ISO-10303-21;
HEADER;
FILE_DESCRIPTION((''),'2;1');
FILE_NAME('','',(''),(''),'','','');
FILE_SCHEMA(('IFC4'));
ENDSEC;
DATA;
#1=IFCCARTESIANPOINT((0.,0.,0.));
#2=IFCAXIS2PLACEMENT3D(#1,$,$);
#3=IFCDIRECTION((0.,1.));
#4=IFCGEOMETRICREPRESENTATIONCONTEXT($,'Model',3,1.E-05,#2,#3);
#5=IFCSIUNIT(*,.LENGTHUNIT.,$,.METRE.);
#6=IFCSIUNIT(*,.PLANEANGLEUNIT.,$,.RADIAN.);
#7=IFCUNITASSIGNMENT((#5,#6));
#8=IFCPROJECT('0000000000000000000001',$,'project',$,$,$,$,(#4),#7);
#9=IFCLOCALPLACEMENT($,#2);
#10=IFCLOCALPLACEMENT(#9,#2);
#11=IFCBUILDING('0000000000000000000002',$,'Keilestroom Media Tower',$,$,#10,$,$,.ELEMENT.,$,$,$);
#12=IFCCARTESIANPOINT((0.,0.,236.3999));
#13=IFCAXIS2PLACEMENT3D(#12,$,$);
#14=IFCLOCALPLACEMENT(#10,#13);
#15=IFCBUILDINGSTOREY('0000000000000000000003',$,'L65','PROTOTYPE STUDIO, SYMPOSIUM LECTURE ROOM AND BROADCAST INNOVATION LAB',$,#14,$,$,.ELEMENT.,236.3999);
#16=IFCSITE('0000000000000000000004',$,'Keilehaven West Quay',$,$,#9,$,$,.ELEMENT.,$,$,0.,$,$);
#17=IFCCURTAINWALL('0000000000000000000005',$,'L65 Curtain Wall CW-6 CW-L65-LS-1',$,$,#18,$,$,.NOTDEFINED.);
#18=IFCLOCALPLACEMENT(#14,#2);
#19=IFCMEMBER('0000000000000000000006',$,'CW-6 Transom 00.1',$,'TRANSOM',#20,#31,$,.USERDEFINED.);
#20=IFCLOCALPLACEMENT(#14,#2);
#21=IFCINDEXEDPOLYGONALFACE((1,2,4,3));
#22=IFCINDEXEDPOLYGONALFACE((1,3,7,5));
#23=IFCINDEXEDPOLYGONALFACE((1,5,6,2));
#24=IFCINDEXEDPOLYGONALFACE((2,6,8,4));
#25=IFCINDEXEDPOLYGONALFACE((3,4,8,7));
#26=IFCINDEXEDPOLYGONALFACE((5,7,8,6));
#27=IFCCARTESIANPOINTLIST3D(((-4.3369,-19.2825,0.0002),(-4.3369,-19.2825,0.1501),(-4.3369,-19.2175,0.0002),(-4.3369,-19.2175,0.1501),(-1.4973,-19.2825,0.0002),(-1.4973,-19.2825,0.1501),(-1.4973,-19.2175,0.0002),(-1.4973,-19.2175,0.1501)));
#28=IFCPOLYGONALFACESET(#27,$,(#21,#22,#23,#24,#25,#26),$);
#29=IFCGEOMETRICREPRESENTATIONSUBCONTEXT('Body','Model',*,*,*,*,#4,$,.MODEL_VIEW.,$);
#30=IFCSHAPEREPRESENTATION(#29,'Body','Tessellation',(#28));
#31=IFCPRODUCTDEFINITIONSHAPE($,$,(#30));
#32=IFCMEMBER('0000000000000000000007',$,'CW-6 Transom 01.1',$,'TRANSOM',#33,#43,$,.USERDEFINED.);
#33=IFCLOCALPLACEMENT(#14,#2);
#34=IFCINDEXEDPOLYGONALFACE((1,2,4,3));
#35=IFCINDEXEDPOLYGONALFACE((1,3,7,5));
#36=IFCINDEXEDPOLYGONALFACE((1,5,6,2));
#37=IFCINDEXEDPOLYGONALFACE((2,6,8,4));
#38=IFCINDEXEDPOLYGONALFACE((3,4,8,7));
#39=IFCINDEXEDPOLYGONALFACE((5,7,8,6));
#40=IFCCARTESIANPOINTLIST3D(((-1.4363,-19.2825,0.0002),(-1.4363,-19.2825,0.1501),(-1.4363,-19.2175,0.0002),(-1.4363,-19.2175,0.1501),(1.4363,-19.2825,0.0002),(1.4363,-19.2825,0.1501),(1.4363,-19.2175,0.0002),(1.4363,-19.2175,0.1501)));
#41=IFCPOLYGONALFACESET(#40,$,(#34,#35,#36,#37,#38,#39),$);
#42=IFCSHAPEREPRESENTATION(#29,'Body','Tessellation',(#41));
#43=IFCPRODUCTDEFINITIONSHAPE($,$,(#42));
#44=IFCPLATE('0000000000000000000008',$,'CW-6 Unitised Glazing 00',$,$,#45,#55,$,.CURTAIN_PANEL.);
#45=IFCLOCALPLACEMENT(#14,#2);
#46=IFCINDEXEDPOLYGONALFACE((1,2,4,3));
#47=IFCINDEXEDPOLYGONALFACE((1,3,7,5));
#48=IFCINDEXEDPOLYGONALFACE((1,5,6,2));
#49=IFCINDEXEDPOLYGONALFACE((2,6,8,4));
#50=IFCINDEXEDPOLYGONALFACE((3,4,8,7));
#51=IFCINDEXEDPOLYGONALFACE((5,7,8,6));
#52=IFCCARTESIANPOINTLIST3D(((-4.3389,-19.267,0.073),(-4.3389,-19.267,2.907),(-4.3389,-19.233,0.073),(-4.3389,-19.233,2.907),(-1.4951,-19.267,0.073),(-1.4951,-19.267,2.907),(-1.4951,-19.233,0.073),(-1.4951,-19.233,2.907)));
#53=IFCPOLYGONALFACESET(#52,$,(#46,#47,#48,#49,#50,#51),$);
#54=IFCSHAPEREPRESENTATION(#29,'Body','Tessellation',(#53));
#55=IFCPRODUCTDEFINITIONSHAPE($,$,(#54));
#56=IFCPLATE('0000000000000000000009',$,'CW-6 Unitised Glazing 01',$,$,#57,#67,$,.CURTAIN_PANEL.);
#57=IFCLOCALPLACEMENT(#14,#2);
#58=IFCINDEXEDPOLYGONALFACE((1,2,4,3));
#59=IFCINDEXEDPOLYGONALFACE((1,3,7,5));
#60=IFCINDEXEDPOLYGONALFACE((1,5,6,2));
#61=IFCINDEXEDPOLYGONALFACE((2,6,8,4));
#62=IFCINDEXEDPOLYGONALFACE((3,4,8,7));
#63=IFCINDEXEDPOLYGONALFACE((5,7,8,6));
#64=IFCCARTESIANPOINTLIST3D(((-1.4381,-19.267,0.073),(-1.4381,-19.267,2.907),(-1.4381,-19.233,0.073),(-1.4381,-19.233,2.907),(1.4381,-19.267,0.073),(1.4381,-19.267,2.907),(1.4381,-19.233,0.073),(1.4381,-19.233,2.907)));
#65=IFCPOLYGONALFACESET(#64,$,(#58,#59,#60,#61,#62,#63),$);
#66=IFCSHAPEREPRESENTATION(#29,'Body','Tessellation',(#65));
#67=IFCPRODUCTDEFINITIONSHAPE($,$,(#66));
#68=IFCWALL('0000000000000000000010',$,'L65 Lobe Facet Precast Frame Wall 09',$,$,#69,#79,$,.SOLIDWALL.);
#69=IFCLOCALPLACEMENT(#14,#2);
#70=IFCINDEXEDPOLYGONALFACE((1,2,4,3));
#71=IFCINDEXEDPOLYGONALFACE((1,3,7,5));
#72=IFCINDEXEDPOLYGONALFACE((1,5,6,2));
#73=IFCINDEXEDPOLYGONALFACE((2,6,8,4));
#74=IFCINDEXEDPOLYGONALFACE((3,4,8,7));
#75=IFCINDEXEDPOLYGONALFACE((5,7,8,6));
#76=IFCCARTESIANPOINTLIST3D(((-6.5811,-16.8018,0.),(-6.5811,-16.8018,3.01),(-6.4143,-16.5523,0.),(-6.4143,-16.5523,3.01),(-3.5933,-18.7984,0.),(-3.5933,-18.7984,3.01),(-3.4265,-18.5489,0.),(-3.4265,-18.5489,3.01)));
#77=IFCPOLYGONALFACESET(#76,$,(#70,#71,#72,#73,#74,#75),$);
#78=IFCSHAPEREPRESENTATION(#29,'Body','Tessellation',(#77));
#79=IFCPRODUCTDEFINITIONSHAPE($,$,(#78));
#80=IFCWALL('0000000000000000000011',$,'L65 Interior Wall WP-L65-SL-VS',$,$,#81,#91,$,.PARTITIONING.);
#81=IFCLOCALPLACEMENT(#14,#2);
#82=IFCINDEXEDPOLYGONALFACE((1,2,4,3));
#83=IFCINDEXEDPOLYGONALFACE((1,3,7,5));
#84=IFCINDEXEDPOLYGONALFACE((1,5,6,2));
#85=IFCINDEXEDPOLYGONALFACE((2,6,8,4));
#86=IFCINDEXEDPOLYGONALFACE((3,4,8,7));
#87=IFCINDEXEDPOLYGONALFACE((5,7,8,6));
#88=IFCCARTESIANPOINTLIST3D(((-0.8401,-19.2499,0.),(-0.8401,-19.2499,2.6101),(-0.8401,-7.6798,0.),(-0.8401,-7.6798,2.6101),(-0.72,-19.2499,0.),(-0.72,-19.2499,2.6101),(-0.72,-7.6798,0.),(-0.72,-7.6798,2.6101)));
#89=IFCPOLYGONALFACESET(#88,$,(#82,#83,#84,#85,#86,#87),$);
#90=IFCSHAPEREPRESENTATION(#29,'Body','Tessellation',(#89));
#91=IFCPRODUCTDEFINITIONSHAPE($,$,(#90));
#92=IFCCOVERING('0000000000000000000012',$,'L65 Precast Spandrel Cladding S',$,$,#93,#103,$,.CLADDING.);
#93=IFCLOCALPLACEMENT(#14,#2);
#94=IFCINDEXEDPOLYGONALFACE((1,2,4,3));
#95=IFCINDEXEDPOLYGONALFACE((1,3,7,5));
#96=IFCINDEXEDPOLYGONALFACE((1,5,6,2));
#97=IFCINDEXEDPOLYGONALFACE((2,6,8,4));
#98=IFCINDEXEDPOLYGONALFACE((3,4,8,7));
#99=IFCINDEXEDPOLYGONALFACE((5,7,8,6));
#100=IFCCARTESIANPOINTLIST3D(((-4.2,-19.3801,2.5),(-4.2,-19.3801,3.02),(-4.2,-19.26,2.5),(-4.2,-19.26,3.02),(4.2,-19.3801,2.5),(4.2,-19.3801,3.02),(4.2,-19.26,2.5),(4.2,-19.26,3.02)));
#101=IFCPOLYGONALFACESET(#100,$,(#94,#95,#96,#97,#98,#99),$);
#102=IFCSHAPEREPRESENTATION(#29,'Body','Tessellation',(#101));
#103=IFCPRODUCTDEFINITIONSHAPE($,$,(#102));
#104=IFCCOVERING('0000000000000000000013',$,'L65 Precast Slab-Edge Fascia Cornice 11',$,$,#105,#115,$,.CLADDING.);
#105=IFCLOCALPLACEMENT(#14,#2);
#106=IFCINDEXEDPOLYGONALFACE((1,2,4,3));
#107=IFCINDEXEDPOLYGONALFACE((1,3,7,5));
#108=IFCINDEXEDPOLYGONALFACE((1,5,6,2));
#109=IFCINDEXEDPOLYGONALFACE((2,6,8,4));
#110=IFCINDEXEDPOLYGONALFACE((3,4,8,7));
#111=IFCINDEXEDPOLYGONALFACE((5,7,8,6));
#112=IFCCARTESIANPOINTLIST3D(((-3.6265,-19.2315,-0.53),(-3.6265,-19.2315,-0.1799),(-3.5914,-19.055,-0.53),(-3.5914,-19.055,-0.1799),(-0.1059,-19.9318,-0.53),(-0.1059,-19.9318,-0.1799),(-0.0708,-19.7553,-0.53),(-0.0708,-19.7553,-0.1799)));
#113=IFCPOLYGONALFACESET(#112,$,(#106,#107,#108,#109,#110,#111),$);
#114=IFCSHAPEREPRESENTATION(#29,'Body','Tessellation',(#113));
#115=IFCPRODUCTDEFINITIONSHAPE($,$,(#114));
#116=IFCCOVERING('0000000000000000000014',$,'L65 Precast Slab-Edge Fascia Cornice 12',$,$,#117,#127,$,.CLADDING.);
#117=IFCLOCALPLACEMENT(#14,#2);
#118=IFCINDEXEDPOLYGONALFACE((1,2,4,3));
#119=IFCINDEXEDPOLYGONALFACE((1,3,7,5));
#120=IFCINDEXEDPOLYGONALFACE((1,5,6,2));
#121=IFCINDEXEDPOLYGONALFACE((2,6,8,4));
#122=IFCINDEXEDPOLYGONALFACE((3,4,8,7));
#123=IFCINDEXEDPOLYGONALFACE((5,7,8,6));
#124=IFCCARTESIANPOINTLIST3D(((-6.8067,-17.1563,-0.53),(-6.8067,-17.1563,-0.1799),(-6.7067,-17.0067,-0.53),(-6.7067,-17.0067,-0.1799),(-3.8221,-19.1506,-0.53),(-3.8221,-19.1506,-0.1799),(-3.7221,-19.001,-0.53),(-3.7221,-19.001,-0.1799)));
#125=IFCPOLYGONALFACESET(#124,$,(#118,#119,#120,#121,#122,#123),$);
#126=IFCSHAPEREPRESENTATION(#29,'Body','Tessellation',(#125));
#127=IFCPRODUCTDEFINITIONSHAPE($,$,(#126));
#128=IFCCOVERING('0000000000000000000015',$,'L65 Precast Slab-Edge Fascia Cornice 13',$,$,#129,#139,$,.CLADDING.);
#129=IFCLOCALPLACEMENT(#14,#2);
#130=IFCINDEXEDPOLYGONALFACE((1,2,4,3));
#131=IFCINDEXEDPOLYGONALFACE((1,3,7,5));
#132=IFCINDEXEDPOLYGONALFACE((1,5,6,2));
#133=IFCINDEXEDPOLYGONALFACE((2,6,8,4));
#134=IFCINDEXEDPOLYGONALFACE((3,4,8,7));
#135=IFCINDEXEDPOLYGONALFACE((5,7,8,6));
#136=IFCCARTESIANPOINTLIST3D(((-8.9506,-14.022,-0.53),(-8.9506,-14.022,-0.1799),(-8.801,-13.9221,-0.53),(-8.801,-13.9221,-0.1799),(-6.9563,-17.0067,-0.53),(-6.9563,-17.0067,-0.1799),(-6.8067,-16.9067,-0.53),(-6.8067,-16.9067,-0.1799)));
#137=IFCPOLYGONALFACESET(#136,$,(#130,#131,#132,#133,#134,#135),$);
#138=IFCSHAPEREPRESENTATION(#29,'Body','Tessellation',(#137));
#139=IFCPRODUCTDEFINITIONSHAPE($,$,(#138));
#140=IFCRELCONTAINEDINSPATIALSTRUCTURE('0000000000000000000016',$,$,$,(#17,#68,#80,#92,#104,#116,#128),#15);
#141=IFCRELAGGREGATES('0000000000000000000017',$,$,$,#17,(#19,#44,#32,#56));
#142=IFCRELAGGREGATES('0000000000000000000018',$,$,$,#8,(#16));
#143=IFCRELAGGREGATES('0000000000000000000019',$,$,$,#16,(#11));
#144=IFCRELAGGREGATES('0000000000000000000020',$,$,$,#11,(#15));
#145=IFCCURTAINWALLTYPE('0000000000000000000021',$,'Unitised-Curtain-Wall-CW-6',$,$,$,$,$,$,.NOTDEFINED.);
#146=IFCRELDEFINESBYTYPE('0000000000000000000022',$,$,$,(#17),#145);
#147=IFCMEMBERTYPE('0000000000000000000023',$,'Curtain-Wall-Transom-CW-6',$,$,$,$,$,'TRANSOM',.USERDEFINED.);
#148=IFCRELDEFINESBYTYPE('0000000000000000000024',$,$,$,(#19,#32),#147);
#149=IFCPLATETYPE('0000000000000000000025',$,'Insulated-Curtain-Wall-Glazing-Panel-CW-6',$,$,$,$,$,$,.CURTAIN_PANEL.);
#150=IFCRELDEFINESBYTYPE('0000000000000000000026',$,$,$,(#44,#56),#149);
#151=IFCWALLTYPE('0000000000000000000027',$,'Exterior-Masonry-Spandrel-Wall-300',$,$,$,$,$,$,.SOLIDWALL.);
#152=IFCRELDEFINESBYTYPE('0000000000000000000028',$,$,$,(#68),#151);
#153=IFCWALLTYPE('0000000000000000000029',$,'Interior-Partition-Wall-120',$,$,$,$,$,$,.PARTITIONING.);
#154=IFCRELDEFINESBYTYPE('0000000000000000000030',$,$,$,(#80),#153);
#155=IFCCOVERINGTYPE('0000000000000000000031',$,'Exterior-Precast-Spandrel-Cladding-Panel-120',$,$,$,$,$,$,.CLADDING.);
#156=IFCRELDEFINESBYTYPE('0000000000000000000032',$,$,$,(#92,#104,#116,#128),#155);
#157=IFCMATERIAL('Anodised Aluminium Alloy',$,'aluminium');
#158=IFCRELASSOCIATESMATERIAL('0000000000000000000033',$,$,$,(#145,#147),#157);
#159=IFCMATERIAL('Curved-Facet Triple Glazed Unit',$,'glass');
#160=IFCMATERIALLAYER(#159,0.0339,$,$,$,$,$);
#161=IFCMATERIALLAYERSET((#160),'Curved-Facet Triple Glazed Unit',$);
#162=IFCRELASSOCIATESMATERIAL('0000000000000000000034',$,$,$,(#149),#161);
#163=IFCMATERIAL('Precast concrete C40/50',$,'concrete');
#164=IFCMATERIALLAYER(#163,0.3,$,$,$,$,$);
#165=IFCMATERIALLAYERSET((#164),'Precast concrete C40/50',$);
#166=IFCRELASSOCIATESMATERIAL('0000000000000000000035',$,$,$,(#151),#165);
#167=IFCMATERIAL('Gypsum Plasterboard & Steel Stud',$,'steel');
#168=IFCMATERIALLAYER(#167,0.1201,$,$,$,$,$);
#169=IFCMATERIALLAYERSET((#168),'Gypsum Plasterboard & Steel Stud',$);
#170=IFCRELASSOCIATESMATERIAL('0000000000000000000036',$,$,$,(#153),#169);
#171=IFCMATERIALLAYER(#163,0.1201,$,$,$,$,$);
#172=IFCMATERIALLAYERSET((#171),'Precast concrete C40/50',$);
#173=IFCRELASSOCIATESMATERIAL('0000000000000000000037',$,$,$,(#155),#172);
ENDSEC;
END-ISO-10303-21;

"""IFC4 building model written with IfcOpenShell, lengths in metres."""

from ifc_helpers import new_model, si_unit, direction, frame, frame_2d, origin, origin_2d, place, context, subcontext, project, spatial, rectangle, extrude, source, transform, mapped, material, layer, layer_set, material_profile, profile_set, type_object, element, aggregate, save


model = new_model("IFC4")

# Units and contexts
model_context = context("Model", 3, precision=1e-05, world=origin(), true_north=direction((0.0, 1.0)))
body_context = subcontext(model_context, "Body", "Model", "MODEL_VIEW")
ifc_project = project(units=[si_unit("LENGTHUNIT", "METRE"), si_unit("PLANEANGLEUNIT", "RADIAN")], contexts=[model_context])

# Site, building, storey
site_placement = place(None, origin())
site = spatial("IfcSite", under=ifc_project, at=site_placement, Name="Keilehaven West Quay", CompositionType="ELEMENT", RefElevation=0.0)
building_placement = place(site_placement, origin())
building = spatial("IfcBuilding", under=site, at=building_placement, Name="Keilestroom Media Tower", CompositionType="ELEMENT")
storey_placement = place(building_placement, frame((0.0, 0.0, 236.3999)))
storey = spatial("IfcBuildingStorey", under=building, at=storey_placement, Name="L65", Description="PROTOTYPE STUDIO, SYMPOSIUM LECTURE ROOM AND BROADCAST INNOVATION LAB", CompositionType="ELEMENT", Elevation=236.3999)

# Curtain wall, members, plates
ifc_material_1 = material(Name="Anodised Aluminium Alloy", Category="aluminium")
curtain_wall_type = type_object("IfcCurtainWallType", Name="Unitised-Curtain-Wall-CW-6", PredefinedType="NOTDEFINED", material=ifc_material_1)
curtain_wall_placement = place(storey_placement, origin())
curtain_wall = element("IfcCurtainWall", 1, at=curtain_wall_placement, inside=storey, type_object=curtain_wall_type, Name="L65 Curtain Wall CW-6 CW-L65-LS-1", PredefinedType="NOTDEFINED")
ifc_material_profile_1 = material_profile(ifc_material_1, rectangle(XDim=0.0649, YDim=0.1499, at=origin_2d()), Name="ALU TRANSOM 65x150")
ifc_profile_set_1 = profile_set([ifc_material_profile_1], Name="Anodised Aluminium Alloy")
member_type_1 = type_object("IfcMemberType", Name="Curtain-Wall-Transom-CW-6", ElementType="TRANSOM", PredefinedType="USERDEFINED", material=ifc_profile_set_1)
shared_shape_1 = source(origin(), body_context, "Body", "SweptSolid", [
    extrude(rectangle(XDim=0.0649, YDim=0.1499, at=origin_2d()), origin(), (0.0, 0.0, 1.0), 2.8396),
])
member_1_placement = place(storey_placement, frame((-4.3369, -19.25, 0.0752), z_axis=(1.0, 0.0, 0.0), x_axis=(0.0, 1.0, 0.0)))
member_1 = element("IfcMember", 2, at=member_1_placement, type_object=member_type_1, Name="CW-6 Transom 00.1", ObjectType="TRANSOM", PredefinedType="USERDEFINED", context=body_context, shape_type="MappedRepresentation", body=[
    mapped(shared_shape_1, transform((0.0, 0.0, 0.0), x_axis=(1.0, 0.0, 0.0), y_axis=(0.0, 1.0, 0.0), z_axis=(0.0, 0.0, 1.0), scale=1.0)),
])
shared_shape_2 = source(origin(), body_context, "Body", "SweptSolid", [
    extrude(rectangle(XDim=0.0649, YDim=0.1499, at=origin_2d()), origin(), (0.0, 0.0, 1.0), 2.8726),
])
member_2_placement = place(storey_placement, frame((-1.4363, -19.25, 0.0752), z_axis=(1.0, 0.0, 0.0), x_axis=(0.0, 1.0, 0.0)))
member_2 = element("IfcMember", 3, at=member_2_placement, type_object=member_type_1, Name="CW-6 Transom 01.1", ObjectType="TRANSOM", PredefinedType="USERDEFINED", context=body_context, shape_type="MappedRepresentation", body=[
    mapped(shared_shape_2, transform((0.0, 0.0, 0.0), x_axis=(1.0, 0.0, 0.0), y_axis=(0.0, 1.0, 0.0), z_axis=(0.0, 0.0, 1.0), scale=1.0)),
])
ifc_material_2 = material(Name="Curved-Facet Triple Glazed Unit", Category="glass")
ifc_layer_1 = layer(ifc_material_2, 0.0339)
ifc_layer_set_1 = layer_set([ifc_layer_1], Name="Curved-Facet Triple Glazed Unit")
plate_type = type_object("IfcPlateType", Name="Insulated-Curtain-Wall-Glazing-Panel-CW-6", PredefinedType="CURTAIN_PANEL", material=ifc_layer_set_1)
shared_shape_3 = source(origin(), body_context, "Body", "SweptSolid", [
    extrude(rectangle(XDim=2.8438, YDim=0.0339, at=origin_2d()), origin(), (0.0, 0.0, 1.0), 2.834),
])
plate_1_placement = place(storey_placement, frame((-2.917, -19.25, 0.073), z_axis=(0.0, 0.0, 1.0), x_axis=(1.0, 0.0, 0.0)))
plate_1 = element("IfcPlate", 4, at=plate_1_placement, type_object=plate_type, Name="CW-6 Unitised Glazing 00", PredefinedType="CURTAIN_PANEL", context=body_context, shape_type="MappedRepresentation", body=[
    mapped(shared_shape_3, transform((0.0, 0.0, 0.0), x_axis=(1.0, 0.0, 0.0), y_axis=(0.0, 1.0, 0.0), z_axis=(0.0, 0.0, 1.0), scale=1.0)),
])
shared_shape_4 = source(origin(), body_context, "Body", "SweptSolid", [
    extrude(rectangle(XDim=2.8762, YDim=0.0339, at=origin_2d()), origin(), (0.0, 0.0, 1.0), 2.834),
])
plate_2_placement = place(storey_placement, frame((0.0, -19.25, 0.073), z_axis=(0.0, 0.0, 1.0), x_axis=(1.0, 0.0, 0.0)))
plate_2 = element("IfcPlate", 5, at=plate_2_placement, type_object=plate_type, Name="CW-6 Unitised Glazing 01", PredefinedType="CURTAIN_PANEL", context=body_context, shape_type="MappedRepresentation", body=[
    mapped(shared_shape_4, transform((0.0, 0.0, 0.0), x_axis=(1.0, 0.0, 0.0), y_axis=(0.0, 1.0, 0.0), z_axis=(0.0, 0.0, 1.0), scale=1.0)),
])
aggregate(curtain_wall, [member_1, plate_1, member_2, plate_2])

# Walls
ifc_material_3 = material(Name="Precast concrete C40/50", Category="concrete")
ifc_layer_2 = layer(ifc_material_3, 0.3)
ifc_layer_set_2 = layer_set([ifc_layer_2], Name="Precast concrete C40/50")
wall_type_1 = type_object("IfcWallType", Name="Exterior-Masonry-Spandrel-Wall-300", PredefinedType="SOLIDWALL", material=ifc_layer_set_2)
wall_1_placement = place(storey_placement, frame((-6.4978, -16.677, 0.0), z_axis=(0.0, 0.0, 1.0), x_axis=(0.831444, -0.555609, 0.0)))
element("IfcWall", 6, at=wall_1_placement, inside=storey, type_object=wall_type_1, Name="L65 Lobe Facet Precast Frame Wall 09", PredefinedType="SOLIDWALL", context=body_context, shape_type="SweptSolid", body=[
    extrude(rectangle(XDim=3.5935, YDim=0.3, at=frame_2d((1.7969, 0.0))), origin(), (0.0, 0.0, 1.0), 3.01),
])
ifc_material_4 = material(Name="Gypsum Plasterboard & Steel Stud", Category="steel")
ifc_layer_3 = layer(ifc_material_4, 0.1201)
ifc_layer_set_3 = layer_set([ifc_layer_3], Name="Gypsum Plasterboard & Steel Stud")
wall_type_2 = type_object("IfcWallType", Name="Interior-Partition-Wall-120", PredefinedType="PARTITIONING", material=ifc_layer_set_3)
wall_2_placement = place(storey_placement, frame((-0.78, -19.25, 0.0), z_axis=(0.0, 0.0, 1.0), x_axis=(0.0, 1.0, 0.0)))
element("IfcWall", 7, at=wall_2_placement, inside=storey, type_object=wall_type_2, Name="L65 Interior Wall WP-L65-SL-VS", PredefinedType="PARTITIONING", context=body_context, shape_type="SweptSolid", body=[
    extrude(rectangle(XDim=11.5701, YDim=0.1201, at=frame_2d((5.7852, 0.0))), origin(), (0.0, 0.0, 1.0), 2.6101),
])

# Coverings
ifc_layer_4 = layer(ifc_material_3, 0.1201)
ifc_layer_set_4 = layer_set([ifc_layer_4], Name="Precast concrete C40/50")
covering_type = type_object("IfcCoveringType", Name="Exterior-Precast-Spandrel-Cladding-Panel-120", PredefinedType="CLADDING", material=ifc_layer_set_4)
shared_shape_5 = source(origin(), body_context, "Body", "SweptSolid", [
    extrude(rectangle(XDim=8.3999, YDim=0.1201, at=origin_2d()), origin(), (0.0, 0.0, 1.0), 0.52),
])
covering_placement = place(storey_placement, frame((0.0, -19.3201, 2.5), z_axis=(0.0, 0.0, 1.0), x_axis=(1.0, 0.0, 0.0)))
element("IfcCovering", 8, at=covering_placement, inside=storey, type_object=covering_type, Name="L65 Precast Spandrel Cladding S", PredefinedType="CLADDING", context=body_context, shape_type="MappedRepresentation", body=[
    mapped(shared_shape_5, transform((0.0, 0.0, 0.0), x_axis=(1.0, 0.0, 0.0), y_axis=(0.0, 1.0, 0.0), z_axis=(0.0, 0.0, 1.0), scale=1.0)),
])
shared_shape_6 = source(origin(), body_context, "Body", "SweptSolid", [
    extrude(rectangle(XDim=3.5896, YDim=0.1799, at=origin_2d()), origin(), (0.0, 0.0, 1.0), 0.3501),
])
for number, where, z_axis, x_axis, name in (
    (9, (-1.8486, -19.4934, -0.53), (0.0, 0.0, 1.0), (-0.980784, 0.195099, 0.0), "L65 Precast Slab-Edge Fascia Cornice 11"),
    (10, (-5.2644, -18.0786, -0.53), (0.0, 0.0, 1.0), (-0.831467, 0.555575, 0.0), "L65 Precast Slab-Edge Fascia Cornice 12"),
    (11, (-7.8787, -15.4644, -0.53), (0.0, 0.0, 1.0), (-0.555575, 0.831467, 0.0), "L65 Precast Slab-Edge Fascia Cornice 13"),
):
    element("IfcCovering", number, at=place(storey_placement, frame(where, z_axis=z_axis, x_axis=x_axis)), inside=storey, type_object=covering_type, Name=name, PredefinedType="CLADDING", context=body_context, shape_type="MappedRepresentation", body=[
        mapped(shared_shape_6, transform((0.0, 0.0, 0.0), x_axis=(1.0, 0.0, 0.0), y_axis=(0.0, 1.0, 0.0), z_axis=(0.0, 0.0, 1.0), scale=1.0)),
    ])

save(model, "model.ifc")
